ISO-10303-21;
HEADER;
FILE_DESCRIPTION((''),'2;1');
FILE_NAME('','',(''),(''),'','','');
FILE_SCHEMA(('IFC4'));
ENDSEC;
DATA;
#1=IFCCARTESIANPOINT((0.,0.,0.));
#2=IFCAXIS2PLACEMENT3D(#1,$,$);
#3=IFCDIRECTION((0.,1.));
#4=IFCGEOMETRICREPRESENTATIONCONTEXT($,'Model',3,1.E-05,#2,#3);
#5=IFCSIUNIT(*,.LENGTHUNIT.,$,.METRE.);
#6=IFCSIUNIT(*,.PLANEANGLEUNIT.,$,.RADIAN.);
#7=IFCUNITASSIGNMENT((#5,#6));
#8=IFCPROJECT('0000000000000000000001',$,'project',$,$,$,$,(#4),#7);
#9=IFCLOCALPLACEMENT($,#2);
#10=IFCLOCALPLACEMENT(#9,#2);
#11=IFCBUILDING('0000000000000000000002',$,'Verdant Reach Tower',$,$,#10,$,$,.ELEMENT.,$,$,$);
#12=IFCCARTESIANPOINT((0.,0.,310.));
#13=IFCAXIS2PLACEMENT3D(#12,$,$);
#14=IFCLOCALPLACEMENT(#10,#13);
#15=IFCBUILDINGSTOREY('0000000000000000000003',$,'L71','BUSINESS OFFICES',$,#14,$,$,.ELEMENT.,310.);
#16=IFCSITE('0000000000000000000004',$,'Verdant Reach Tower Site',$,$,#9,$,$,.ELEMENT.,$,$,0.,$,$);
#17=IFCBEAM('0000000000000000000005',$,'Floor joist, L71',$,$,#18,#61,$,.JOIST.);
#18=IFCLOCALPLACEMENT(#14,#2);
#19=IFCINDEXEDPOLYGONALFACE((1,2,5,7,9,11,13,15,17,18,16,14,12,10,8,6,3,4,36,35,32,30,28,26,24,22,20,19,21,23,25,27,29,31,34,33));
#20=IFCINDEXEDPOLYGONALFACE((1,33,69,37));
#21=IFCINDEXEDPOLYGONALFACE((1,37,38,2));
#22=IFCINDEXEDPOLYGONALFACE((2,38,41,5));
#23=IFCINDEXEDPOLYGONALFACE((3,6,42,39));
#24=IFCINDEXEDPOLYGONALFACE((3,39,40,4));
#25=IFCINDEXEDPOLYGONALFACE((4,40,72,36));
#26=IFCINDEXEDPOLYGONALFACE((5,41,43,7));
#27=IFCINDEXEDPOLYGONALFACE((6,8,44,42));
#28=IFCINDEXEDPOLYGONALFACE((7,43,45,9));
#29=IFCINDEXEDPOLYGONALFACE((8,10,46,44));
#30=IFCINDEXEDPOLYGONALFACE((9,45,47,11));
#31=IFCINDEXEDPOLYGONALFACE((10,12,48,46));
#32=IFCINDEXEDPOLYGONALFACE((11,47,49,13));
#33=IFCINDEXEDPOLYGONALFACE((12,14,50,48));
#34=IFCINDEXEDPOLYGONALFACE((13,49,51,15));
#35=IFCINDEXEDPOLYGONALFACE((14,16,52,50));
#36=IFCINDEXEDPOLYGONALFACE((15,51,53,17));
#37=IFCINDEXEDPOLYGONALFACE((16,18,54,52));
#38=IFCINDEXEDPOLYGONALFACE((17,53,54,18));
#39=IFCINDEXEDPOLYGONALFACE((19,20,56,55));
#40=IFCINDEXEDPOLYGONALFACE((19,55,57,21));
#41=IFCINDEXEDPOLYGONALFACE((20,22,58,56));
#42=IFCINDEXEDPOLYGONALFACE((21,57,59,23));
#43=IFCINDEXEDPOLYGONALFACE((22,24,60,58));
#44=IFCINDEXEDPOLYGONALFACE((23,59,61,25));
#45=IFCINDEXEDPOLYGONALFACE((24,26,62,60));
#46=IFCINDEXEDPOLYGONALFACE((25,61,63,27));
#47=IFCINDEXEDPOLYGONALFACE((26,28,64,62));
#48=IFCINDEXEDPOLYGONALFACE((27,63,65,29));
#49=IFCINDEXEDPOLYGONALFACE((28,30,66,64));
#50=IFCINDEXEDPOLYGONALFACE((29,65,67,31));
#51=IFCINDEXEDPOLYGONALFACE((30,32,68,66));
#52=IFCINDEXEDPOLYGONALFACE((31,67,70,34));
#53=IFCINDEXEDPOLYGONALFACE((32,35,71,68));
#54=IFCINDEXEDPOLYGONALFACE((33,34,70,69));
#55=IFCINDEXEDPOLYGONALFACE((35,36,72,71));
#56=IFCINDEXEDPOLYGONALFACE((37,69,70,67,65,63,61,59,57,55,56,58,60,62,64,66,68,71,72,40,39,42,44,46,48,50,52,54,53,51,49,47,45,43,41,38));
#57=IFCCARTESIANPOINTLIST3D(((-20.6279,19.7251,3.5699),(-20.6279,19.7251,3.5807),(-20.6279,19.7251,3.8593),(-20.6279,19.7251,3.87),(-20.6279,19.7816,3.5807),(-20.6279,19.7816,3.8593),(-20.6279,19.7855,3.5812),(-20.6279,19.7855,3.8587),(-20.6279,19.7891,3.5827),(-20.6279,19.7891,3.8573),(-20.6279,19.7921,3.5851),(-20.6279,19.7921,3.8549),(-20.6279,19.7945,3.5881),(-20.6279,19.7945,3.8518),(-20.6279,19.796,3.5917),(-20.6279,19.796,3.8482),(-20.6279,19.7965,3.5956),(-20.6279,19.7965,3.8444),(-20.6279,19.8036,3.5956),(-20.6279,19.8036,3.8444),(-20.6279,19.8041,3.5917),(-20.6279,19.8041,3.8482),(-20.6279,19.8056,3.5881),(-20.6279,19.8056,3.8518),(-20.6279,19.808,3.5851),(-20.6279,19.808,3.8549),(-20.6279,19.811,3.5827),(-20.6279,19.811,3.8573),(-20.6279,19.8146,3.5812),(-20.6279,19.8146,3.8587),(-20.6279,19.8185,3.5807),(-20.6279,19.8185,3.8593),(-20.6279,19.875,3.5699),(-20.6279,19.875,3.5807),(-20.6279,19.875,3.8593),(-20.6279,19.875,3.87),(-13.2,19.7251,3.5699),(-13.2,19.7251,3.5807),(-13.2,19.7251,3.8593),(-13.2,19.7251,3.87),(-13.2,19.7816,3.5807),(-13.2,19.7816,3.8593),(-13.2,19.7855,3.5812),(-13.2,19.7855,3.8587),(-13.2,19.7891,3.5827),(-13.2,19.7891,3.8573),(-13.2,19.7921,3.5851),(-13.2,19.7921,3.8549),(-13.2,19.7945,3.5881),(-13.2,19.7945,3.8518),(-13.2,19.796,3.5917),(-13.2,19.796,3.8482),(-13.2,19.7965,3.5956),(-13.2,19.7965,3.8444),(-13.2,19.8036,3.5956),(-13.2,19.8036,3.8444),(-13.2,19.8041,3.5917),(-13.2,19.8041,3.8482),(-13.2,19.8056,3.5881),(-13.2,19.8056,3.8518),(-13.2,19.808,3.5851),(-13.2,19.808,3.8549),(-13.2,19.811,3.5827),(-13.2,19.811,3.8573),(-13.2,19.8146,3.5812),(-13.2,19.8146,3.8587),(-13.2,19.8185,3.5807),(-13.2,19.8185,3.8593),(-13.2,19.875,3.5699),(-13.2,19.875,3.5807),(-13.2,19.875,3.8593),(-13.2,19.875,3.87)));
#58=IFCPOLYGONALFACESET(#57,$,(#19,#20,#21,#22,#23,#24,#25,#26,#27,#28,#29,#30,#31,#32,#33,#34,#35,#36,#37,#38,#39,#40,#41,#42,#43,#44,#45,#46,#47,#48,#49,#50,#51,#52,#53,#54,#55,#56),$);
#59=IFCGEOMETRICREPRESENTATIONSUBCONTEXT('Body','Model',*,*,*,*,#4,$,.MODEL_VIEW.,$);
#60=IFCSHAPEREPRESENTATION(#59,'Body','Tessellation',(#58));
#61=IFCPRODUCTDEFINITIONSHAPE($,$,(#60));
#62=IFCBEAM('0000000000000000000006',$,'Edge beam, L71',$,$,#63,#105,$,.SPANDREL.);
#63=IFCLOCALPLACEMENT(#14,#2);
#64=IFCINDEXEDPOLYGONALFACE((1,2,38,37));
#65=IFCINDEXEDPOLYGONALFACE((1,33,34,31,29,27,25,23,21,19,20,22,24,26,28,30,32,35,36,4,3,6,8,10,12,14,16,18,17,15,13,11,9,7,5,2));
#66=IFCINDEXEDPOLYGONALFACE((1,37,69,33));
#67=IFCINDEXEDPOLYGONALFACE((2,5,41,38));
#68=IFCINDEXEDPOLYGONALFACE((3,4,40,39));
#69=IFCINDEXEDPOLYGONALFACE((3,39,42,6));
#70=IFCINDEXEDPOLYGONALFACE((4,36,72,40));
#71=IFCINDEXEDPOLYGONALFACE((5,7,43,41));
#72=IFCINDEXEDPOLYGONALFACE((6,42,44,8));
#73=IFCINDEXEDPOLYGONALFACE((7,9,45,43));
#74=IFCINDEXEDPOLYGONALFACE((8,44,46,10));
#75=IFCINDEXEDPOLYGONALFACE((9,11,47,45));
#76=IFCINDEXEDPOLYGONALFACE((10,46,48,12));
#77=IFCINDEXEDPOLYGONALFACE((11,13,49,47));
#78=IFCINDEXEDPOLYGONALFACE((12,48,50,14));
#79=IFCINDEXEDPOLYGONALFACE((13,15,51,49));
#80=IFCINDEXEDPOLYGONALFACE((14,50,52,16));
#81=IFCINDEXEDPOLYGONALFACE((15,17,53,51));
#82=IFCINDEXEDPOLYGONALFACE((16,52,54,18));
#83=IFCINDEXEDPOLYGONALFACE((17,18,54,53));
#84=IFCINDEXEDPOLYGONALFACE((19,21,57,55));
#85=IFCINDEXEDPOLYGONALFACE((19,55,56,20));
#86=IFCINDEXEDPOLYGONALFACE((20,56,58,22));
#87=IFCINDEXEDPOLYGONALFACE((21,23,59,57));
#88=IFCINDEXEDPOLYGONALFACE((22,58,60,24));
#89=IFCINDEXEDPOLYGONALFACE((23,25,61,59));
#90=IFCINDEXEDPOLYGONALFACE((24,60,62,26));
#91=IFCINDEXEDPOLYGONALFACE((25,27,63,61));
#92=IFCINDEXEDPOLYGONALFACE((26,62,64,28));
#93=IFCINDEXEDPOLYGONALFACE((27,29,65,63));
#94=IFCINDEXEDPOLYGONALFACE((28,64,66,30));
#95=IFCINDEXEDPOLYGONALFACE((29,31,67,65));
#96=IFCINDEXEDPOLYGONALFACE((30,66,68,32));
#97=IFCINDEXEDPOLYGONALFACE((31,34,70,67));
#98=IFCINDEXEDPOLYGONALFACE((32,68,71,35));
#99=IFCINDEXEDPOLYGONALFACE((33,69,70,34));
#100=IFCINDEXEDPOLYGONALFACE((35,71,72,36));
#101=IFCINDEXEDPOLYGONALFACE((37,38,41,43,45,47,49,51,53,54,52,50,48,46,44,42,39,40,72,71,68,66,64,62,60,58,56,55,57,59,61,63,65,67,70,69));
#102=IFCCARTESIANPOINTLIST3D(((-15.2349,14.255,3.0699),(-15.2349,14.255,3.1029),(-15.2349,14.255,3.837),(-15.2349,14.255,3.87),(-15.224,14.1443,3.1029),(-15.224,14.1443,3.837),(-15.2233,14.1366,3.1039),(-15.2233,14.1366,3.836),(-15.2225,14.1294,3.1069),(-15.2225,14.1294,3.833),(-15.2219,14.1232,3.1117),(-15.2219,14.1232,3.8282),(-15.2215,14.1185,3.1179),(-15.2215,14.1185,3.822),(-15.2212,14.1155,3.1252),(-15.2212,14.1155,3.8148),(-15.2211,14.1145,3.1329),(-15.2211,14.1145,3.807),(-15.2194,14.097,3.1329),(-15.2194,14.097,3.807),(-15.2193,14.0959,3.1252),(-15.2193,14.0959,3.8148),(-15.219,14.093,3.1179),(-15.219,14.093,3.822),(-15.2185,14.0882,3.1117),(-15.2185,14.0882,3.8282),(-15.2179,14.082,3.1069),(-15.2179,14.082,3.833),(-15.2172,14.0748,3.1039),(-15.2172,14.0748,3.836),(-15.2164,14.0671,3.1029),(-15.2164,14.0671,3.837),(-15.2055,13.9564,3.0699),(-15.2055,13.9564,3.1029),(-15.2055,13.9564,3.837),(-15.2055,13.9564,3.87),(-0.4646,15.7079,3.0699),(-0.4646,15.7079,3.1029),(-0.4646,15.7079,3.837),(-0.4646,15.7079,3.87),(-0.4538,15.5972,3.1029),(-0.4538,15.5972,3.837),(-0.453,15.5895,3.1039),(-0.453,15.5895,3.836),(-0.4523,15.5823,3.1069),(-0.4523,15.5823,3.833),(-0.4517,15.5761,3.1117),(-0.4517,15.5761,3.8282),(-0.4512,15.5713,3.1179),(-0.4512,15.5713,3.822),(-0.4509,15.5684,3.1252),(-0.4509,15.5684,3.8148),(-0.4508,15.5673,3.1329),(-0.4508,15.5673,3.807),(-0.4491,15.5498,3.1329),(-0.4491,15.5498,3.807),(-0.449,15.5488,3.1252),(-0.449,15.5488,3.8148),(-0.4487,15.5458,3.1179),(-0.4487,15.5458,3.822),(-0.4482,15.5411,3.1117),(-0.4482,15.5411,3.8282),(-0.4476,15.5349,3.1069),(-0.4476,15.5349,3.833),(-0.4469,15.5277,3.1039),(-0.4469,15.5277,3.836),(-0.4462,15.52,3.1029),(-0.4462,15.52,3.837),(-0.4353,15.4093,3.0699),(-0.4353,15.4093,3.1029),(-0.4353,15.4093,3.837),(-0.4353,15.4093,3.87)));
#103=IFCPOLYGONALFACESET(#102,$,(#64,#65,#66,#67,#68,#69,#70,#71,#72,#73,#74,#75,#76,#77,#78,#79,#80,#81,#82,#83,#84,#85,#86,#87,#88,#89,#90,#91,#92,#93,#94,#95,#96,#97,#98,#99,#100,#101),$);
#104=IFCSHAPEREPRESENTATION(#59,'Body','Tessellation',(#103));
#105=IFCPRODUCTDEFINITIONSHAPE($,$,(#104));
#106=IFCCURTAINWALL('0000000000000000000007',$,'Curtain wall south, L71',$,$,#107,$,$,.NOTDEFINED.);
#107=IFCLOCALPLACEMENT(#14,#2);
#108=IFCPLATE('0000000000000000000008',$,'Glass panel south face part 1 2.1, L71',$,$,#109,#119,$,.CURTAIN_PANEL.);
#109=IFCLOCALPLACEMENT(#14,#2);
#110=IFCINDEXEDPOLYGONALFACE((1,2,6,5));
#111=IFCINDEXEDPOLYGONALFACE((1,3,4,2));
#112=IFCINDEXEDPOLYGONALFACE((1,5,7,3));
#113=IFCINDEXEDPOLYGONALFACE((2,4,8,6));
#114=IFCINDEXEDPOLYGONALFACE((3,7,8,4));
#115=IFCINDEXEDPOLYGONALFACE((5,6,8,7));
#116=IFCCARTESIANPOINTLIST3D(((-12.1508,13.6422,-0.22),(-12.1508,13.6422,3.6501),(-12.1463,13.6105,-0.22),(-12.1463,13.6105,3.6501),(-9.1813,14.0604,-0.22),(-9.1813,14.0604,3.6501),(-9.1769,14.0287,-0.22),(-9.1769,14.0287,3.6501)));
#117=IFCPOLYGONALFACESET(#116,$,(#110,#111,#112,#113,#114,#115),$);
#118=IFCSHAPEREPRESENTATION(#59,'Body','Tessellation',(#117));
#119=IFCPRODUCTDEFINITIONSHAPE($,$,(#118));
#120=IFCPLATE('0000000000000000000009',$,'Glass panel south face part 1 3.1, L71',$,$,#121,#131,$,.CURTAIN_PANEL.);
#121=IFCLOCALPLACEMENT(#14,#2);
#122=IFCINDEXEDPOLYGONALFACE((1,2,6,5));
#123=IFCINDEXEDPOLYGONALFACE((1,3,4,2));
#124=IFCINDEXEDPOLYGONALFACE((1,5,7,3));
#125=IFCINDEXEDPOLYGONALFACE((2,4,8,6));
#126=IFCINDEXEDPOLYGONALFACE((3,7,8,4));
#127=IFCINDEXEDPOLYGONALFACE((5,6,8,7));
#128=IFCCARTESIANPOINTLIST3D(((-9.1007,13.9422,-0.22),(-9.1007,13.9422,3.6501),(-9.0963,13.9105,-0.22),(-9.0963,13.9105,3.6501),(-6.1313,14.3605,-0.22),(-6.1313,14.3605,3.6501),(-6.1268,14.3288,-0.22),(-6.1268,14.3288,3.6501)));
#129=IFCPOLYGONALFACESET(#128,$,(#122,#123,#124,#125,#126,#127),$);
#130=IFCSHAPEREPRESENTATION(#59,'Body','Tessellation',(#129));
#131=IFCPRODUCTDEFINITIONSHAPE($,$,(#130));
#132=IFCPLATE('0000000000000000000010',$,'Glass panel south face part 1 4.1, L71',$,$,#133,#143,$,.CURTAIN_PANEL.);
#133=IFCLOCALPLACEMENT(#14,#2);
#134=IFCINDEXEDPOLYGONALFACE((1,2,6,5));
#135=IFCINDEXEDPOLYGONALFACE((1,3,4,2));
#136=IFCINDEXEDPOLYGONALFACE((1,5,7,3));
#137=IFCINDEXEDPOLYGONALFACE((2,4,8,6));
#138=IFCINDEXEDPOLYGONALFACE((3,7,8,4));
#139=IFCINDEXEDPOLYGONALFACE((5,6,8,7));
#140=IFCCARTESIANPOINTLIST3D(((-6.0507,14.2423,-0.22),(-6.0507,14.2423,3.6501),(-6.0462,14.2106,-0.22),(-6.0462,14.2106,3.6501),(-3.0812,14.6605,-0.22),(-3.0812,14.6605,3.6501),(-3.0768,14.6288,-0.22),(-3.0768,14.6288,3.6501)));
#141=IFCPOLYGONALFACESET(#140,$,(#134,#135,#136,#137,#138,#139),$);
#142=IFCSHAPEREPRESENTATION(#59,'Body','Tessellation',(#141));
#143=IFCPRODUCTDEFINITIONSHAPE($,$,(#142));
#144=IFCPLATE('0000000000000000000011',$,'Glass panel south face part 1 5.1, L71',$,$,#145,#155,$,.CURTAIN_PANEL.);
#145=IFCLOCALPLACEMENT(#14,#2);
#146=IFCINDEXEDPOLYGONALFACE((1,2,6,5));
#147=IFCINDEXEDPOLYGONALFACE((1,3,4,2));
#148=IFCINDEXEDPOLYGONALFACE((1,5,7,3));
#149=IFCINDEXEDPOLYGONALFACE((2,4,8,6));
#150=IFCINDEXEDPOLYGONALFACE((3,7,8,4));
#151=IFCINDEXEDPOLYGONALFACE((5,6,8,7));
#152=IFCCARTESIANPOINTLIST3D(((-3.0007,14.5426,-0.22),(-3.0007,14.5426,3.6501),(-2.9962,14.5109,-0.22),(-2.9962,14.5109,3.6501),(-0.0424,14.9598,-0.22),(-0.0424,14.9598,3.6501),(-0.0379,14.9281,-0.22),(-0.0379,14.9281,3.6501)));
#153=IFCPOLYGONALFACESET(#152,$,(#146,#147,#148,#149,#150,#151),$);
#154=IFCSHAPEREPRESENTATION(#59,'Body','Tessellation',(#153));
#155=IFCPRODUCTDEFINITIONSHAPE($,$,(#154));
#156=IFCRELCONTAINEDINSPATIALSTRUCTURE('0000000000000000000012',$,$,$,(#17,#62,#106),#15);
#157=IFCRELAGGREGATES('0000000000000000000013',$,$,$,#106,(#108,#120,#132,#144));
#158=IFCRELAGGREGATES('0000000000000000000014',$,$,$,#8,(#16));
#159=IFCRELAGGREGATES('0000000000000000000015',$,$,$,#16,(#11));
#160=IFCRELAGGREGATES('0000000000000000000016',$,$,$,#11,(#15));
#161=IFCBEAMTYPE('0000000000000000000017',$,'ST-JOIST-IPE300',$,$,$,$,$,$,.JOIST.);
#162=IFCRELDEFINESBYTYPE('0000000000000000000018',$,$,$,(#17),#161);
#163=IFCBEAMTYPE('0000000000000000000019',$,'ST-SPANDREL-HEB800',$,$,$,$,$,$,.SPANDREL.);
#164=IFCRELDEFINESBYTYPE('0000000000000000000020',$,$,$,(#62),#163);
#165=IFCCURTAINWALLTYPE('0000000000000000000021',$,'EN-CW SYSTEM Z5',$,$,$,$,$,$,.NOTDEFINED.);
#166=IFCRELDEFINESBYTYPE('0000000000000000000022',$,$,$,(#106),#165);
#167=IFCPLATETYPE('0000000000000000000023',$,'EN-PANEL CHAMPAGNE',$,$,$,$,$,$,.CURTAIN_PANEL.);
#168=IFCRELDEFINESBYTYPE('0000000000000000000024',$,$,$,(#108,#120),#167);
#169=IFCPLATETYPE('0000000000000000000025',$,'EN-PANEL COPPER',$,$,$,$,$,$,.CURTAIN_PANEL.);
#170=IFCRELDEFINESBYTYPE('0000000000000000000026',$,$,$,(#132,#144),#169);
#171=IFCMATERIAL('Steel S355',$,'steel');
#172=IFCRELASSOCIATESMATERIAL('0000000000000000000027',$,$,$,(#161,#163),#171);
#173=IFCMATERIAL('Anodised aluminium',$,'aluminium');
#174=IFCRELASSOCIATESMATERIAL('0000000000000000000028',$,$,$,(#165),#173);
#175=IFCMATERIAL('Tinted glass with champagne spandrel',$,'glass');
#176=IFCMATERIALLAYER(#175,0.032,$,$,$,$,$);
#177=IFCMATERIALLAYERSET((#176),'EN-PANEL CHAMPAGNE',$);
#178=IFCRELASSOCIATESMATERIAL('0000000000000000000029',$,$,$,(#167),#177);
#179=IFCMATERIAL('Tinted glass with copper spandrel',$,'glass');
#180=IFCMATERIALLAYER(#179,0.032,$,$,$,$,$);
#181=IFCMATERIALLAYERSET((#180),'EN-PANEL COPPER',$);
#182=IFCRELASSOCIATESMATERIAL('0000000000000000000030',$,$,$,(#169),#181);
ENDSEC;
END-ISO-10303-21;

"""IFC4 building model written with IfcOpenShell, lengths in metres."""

from ifc_helpers import new_model, si_unit, direction, frame, origin, origin_2d, place, context, subcontext, project, spatial, rectangle, i_section, extrude, material, layer, layer_set, material_profile, profile_set, type_object, element, aggregate, save


model = new_model("IFC4")

# Units and contexts
model_context = context("Model", 3, precision=1e-05, world=origin(), true_north=direction((0.0, 1.0)))
body_context = subcontext(model_context, "Body", "Model", "MODEL_VIEW")
ifc_project = project(units=[si_unit("LENGTHUNIT", "METRE"), si_unit("PLANEANGLEUNIT", "RADIAN")], contexts=[model_context])

# Site, building, storey
site_placement = place(None, origin())
site = spatial("IfcSite", under=ifc_project, at=site_placement, Name="Verdant Reach Tower Site", CompositionType="ELEMENT", RefElevation=0.0)
building_placement = place(site_placement, origin())
building = spatial("IfcBuilding", under=site, at=building_placement, Name="Verdant Reach Tower", CompositionType="ELEMENT")
storey_placement = place(building_placement, frame((0.0, 0.0, 310.0)))
storey = spatial("IfcBuildingStorey", under=building, at=storey_placement, Name="L71", Description="BUSINESS OFFICES", CompositionType="ELEMENT", Elevation=310.0)

# Beams
ifc_material_1 = material(Name="Steel S355", Category="steel")
ifc_material_profile_1 = material_profile(ifc_material_1, i_section(OverallWidth=0.1499, OverallDepth=0.3, WebThickness=0.0071, FlangeThickness=0.0107, FilletRadius=0.0149, at=origin_2d()), Name="IPE 300")
ifc_profile_set_1 = profile_set([ifc_material_profile_1], Name="Steel S355")
beam_type_1 = type_object("IfcBeamType", Name="ST-JOIST-IPE300", PredefinedType="JOIST", material=ifc_profile_set_1)
beam_1_placement = place(storey_placement, frame((-13.2, 19.8, 3.72), z_axis=(-1.0, 0.0, 0.0), x_axis=(0.0, -1.0, 0.0)))
element("IfcBeam", 1, at=beam_1_placement, inside=storey, type_object=beam_type_1, Name="Floor joist, L71", PredefinedType="JOIST", context=body_context, shape_type="SweptSolid", body=[
    extrude(i_section(OverallWidth=0.1499, OverallDepth=0.3, WebThickness=0.0071, FlangeThickness=0.0107, FilletRadius=0.0149, at=origin_2d()), origin(), (0.0, 0.0, 1.0), 7.428),
])
ifc_material_profile_2 = material_profile(ifc_material_1, i_section(OverallWidth=0.3, OverallDepth=0.8, WebThickness=0.0176, FlangeThickness=0.033, FilletRadius=0.03, at=origin_2d()), Name="HEB 800")
ifc_profile_set_2 = profile_set([ifc_material_profile_2], Name="Steel S355")
beam_type_2 = type_object("IfcBeamType", Name="ST-SPANDREL-HEB800", PredefinedType="SPANDREL", material=ifc_profile_set_2)
beam_2_placement = place(storey_placement, frame((-0.45, 15.5586, 3.47), z_axis=(-0.995197, -0.097893, 0.0), x_axis=(0.097893, -0.995197, 0.0)))
element("IfcBeam", 2, at=beam_2_placement, inside=storey, type_object=beam_type_2, Name="Edge beam, L71", PredefinedType="SPANDREL", context=body_context, shape_type="SweptSolid", body=[
    extrude(i_section(OverallWidth=0.3, OverallDepth=0.8, WebThickness=0.0176, FlangeThickness=0.033, FilletRadius=0.03, at=origin_2d()), origin(), (0.0, 0.0, 1.0), 14.8416),
])

# Curtain wall, plates
ifc_material_2 = material(Name="Anodised aluminium", Category="aluminium")
curtain_wall_type = type_object("IfcCurtainWallType", Name="EN-CW SYSTEM Z5", PredefinedType="NOTDEFINED", material=ifc_material_2)
curtain_wall_placement = place(storey_placement, origin())
curtain_wall = element("IfcCurtainWall", 3, at=curtain_wall_placement, inside=storey, type_object=curtain_wall_type, Name="Curtain wall south, L71", PredefinedType="NOTDEFINED")
ifc_material_3 = material(Name="Tinted glass with champagne spandrel", Category="glass")
ifc_layer_1 = layer(ifc_material_3, 0.032)
ifc_layer_set_1 = layer_set([ifc_layer_1], Name="EN-PANEL CHAMPAGNE")
plate_type_1 = type_object("IfcPlateType", Name="EN-PANEL CHAMPAGNE", PredefinedType="CURTAIN_PANEL", material=ifc_layer_set_1)
plate_1_placement = place(storey_placement, frame((-10.6638, 13.8354, -0.22), z_axis=(0.0, 0.0, 1.0), x_axis=(0.990225, 0.139477, 0.0)))
plate_1 = element("IfcPlate", 4, at=plate_1_placement, type_object=plate_type_1, Name="Glass panel south face part 1 2.1, L71", PredefinedType="CURTAIN_PANEL", context=body_context, shape_type="SweptSolid", body=[
    extrude(rectangle(XDim=2.9988, YDim=0.032, at=origin_2d()), origin(), (0.0, 0.0, 1.0), 3.8701),
])
plate_2_placement = place(storey_placement, frame((-7.6138, 14.1355, -0.22), z_axis=(0.0, 0.0, 1.0), x_axis=(0.990225, 0.139477, 0.0)))
plate_2 = element("IfcPlate", 5, at=plate_2_placement, type_object=plate_type_1, Name="Glass panel south face part 1 3.1, L71", PredefinedType="CURTAIN_PANEL", context=body_context, shape_type="SweptSolid", body=[
    extrude(rectangle(XDim=2.9988, YDim=0.032, at=origin_2d()), origin(), (0.0, 0.0, 1.0), 3.8701),
])
ifc_material_4 = material(Name="Tinted glass with copper spandrel", Category="glass")
ifc_layer_2 = layer(ifc_material_4, 0.032)
ifc_layer_set_2 = layer_set([ifc_layer_2], Name="EN-PANEL COPPER")
plate_type_2 = type_object("IfcPlateType", Name="EN-PANEL COPPER", PredefinedType="CURTAIN_PANEL", material=ifc_layer_set_2)
plate_3_placement = place(storey_placement, frame((-4.5637, 14.4355, -0.22), z_axis=(0.0, 0.0, 1.0), x_axis=(0.990225, 0.139477, 0.0)))
plate_3 = element("IfcPlate", 6, at=plate_3_placement, type_object=plate_type_2, Name="Glass panel south face part 1 4.1, L71", PredefinedType="CURTAIN_PANEL", context=body_context, shape_type="SweptSolid", body=[
    extrude(rectangle(XDim=2.9988, YDim=0.032, at=origin_2d()), origin(), (0.0, 0.0, 1.0), 3.8701),
])
plate_4_placement = place(storey_placement, frame((-1.5193, 14.7354, -0.22), z_axis=(0.0, 0.0, 1.0), x_axis=(0.9902, 0.139656, 0.0)))
plate_4 = element("IfcPlate", 7, at=plate_4_placement, type_object=plate_type_2, Name="Glass panel south face part 1 5.1, L71", PredefinedType="CURTAIN_PANEL", context=body_context, shape_type="SweptSolid", body=[
    extrude(rectangle(XDim=2.9875, YDim=0.032, at=origin_2d()), origin(), (0.0, 0.0, 1.0), 3.8701),
])
aggregate(curtain_wall, [plate_1, plate_2, plate_3, plate_4])

save(model, "model.ifc")
